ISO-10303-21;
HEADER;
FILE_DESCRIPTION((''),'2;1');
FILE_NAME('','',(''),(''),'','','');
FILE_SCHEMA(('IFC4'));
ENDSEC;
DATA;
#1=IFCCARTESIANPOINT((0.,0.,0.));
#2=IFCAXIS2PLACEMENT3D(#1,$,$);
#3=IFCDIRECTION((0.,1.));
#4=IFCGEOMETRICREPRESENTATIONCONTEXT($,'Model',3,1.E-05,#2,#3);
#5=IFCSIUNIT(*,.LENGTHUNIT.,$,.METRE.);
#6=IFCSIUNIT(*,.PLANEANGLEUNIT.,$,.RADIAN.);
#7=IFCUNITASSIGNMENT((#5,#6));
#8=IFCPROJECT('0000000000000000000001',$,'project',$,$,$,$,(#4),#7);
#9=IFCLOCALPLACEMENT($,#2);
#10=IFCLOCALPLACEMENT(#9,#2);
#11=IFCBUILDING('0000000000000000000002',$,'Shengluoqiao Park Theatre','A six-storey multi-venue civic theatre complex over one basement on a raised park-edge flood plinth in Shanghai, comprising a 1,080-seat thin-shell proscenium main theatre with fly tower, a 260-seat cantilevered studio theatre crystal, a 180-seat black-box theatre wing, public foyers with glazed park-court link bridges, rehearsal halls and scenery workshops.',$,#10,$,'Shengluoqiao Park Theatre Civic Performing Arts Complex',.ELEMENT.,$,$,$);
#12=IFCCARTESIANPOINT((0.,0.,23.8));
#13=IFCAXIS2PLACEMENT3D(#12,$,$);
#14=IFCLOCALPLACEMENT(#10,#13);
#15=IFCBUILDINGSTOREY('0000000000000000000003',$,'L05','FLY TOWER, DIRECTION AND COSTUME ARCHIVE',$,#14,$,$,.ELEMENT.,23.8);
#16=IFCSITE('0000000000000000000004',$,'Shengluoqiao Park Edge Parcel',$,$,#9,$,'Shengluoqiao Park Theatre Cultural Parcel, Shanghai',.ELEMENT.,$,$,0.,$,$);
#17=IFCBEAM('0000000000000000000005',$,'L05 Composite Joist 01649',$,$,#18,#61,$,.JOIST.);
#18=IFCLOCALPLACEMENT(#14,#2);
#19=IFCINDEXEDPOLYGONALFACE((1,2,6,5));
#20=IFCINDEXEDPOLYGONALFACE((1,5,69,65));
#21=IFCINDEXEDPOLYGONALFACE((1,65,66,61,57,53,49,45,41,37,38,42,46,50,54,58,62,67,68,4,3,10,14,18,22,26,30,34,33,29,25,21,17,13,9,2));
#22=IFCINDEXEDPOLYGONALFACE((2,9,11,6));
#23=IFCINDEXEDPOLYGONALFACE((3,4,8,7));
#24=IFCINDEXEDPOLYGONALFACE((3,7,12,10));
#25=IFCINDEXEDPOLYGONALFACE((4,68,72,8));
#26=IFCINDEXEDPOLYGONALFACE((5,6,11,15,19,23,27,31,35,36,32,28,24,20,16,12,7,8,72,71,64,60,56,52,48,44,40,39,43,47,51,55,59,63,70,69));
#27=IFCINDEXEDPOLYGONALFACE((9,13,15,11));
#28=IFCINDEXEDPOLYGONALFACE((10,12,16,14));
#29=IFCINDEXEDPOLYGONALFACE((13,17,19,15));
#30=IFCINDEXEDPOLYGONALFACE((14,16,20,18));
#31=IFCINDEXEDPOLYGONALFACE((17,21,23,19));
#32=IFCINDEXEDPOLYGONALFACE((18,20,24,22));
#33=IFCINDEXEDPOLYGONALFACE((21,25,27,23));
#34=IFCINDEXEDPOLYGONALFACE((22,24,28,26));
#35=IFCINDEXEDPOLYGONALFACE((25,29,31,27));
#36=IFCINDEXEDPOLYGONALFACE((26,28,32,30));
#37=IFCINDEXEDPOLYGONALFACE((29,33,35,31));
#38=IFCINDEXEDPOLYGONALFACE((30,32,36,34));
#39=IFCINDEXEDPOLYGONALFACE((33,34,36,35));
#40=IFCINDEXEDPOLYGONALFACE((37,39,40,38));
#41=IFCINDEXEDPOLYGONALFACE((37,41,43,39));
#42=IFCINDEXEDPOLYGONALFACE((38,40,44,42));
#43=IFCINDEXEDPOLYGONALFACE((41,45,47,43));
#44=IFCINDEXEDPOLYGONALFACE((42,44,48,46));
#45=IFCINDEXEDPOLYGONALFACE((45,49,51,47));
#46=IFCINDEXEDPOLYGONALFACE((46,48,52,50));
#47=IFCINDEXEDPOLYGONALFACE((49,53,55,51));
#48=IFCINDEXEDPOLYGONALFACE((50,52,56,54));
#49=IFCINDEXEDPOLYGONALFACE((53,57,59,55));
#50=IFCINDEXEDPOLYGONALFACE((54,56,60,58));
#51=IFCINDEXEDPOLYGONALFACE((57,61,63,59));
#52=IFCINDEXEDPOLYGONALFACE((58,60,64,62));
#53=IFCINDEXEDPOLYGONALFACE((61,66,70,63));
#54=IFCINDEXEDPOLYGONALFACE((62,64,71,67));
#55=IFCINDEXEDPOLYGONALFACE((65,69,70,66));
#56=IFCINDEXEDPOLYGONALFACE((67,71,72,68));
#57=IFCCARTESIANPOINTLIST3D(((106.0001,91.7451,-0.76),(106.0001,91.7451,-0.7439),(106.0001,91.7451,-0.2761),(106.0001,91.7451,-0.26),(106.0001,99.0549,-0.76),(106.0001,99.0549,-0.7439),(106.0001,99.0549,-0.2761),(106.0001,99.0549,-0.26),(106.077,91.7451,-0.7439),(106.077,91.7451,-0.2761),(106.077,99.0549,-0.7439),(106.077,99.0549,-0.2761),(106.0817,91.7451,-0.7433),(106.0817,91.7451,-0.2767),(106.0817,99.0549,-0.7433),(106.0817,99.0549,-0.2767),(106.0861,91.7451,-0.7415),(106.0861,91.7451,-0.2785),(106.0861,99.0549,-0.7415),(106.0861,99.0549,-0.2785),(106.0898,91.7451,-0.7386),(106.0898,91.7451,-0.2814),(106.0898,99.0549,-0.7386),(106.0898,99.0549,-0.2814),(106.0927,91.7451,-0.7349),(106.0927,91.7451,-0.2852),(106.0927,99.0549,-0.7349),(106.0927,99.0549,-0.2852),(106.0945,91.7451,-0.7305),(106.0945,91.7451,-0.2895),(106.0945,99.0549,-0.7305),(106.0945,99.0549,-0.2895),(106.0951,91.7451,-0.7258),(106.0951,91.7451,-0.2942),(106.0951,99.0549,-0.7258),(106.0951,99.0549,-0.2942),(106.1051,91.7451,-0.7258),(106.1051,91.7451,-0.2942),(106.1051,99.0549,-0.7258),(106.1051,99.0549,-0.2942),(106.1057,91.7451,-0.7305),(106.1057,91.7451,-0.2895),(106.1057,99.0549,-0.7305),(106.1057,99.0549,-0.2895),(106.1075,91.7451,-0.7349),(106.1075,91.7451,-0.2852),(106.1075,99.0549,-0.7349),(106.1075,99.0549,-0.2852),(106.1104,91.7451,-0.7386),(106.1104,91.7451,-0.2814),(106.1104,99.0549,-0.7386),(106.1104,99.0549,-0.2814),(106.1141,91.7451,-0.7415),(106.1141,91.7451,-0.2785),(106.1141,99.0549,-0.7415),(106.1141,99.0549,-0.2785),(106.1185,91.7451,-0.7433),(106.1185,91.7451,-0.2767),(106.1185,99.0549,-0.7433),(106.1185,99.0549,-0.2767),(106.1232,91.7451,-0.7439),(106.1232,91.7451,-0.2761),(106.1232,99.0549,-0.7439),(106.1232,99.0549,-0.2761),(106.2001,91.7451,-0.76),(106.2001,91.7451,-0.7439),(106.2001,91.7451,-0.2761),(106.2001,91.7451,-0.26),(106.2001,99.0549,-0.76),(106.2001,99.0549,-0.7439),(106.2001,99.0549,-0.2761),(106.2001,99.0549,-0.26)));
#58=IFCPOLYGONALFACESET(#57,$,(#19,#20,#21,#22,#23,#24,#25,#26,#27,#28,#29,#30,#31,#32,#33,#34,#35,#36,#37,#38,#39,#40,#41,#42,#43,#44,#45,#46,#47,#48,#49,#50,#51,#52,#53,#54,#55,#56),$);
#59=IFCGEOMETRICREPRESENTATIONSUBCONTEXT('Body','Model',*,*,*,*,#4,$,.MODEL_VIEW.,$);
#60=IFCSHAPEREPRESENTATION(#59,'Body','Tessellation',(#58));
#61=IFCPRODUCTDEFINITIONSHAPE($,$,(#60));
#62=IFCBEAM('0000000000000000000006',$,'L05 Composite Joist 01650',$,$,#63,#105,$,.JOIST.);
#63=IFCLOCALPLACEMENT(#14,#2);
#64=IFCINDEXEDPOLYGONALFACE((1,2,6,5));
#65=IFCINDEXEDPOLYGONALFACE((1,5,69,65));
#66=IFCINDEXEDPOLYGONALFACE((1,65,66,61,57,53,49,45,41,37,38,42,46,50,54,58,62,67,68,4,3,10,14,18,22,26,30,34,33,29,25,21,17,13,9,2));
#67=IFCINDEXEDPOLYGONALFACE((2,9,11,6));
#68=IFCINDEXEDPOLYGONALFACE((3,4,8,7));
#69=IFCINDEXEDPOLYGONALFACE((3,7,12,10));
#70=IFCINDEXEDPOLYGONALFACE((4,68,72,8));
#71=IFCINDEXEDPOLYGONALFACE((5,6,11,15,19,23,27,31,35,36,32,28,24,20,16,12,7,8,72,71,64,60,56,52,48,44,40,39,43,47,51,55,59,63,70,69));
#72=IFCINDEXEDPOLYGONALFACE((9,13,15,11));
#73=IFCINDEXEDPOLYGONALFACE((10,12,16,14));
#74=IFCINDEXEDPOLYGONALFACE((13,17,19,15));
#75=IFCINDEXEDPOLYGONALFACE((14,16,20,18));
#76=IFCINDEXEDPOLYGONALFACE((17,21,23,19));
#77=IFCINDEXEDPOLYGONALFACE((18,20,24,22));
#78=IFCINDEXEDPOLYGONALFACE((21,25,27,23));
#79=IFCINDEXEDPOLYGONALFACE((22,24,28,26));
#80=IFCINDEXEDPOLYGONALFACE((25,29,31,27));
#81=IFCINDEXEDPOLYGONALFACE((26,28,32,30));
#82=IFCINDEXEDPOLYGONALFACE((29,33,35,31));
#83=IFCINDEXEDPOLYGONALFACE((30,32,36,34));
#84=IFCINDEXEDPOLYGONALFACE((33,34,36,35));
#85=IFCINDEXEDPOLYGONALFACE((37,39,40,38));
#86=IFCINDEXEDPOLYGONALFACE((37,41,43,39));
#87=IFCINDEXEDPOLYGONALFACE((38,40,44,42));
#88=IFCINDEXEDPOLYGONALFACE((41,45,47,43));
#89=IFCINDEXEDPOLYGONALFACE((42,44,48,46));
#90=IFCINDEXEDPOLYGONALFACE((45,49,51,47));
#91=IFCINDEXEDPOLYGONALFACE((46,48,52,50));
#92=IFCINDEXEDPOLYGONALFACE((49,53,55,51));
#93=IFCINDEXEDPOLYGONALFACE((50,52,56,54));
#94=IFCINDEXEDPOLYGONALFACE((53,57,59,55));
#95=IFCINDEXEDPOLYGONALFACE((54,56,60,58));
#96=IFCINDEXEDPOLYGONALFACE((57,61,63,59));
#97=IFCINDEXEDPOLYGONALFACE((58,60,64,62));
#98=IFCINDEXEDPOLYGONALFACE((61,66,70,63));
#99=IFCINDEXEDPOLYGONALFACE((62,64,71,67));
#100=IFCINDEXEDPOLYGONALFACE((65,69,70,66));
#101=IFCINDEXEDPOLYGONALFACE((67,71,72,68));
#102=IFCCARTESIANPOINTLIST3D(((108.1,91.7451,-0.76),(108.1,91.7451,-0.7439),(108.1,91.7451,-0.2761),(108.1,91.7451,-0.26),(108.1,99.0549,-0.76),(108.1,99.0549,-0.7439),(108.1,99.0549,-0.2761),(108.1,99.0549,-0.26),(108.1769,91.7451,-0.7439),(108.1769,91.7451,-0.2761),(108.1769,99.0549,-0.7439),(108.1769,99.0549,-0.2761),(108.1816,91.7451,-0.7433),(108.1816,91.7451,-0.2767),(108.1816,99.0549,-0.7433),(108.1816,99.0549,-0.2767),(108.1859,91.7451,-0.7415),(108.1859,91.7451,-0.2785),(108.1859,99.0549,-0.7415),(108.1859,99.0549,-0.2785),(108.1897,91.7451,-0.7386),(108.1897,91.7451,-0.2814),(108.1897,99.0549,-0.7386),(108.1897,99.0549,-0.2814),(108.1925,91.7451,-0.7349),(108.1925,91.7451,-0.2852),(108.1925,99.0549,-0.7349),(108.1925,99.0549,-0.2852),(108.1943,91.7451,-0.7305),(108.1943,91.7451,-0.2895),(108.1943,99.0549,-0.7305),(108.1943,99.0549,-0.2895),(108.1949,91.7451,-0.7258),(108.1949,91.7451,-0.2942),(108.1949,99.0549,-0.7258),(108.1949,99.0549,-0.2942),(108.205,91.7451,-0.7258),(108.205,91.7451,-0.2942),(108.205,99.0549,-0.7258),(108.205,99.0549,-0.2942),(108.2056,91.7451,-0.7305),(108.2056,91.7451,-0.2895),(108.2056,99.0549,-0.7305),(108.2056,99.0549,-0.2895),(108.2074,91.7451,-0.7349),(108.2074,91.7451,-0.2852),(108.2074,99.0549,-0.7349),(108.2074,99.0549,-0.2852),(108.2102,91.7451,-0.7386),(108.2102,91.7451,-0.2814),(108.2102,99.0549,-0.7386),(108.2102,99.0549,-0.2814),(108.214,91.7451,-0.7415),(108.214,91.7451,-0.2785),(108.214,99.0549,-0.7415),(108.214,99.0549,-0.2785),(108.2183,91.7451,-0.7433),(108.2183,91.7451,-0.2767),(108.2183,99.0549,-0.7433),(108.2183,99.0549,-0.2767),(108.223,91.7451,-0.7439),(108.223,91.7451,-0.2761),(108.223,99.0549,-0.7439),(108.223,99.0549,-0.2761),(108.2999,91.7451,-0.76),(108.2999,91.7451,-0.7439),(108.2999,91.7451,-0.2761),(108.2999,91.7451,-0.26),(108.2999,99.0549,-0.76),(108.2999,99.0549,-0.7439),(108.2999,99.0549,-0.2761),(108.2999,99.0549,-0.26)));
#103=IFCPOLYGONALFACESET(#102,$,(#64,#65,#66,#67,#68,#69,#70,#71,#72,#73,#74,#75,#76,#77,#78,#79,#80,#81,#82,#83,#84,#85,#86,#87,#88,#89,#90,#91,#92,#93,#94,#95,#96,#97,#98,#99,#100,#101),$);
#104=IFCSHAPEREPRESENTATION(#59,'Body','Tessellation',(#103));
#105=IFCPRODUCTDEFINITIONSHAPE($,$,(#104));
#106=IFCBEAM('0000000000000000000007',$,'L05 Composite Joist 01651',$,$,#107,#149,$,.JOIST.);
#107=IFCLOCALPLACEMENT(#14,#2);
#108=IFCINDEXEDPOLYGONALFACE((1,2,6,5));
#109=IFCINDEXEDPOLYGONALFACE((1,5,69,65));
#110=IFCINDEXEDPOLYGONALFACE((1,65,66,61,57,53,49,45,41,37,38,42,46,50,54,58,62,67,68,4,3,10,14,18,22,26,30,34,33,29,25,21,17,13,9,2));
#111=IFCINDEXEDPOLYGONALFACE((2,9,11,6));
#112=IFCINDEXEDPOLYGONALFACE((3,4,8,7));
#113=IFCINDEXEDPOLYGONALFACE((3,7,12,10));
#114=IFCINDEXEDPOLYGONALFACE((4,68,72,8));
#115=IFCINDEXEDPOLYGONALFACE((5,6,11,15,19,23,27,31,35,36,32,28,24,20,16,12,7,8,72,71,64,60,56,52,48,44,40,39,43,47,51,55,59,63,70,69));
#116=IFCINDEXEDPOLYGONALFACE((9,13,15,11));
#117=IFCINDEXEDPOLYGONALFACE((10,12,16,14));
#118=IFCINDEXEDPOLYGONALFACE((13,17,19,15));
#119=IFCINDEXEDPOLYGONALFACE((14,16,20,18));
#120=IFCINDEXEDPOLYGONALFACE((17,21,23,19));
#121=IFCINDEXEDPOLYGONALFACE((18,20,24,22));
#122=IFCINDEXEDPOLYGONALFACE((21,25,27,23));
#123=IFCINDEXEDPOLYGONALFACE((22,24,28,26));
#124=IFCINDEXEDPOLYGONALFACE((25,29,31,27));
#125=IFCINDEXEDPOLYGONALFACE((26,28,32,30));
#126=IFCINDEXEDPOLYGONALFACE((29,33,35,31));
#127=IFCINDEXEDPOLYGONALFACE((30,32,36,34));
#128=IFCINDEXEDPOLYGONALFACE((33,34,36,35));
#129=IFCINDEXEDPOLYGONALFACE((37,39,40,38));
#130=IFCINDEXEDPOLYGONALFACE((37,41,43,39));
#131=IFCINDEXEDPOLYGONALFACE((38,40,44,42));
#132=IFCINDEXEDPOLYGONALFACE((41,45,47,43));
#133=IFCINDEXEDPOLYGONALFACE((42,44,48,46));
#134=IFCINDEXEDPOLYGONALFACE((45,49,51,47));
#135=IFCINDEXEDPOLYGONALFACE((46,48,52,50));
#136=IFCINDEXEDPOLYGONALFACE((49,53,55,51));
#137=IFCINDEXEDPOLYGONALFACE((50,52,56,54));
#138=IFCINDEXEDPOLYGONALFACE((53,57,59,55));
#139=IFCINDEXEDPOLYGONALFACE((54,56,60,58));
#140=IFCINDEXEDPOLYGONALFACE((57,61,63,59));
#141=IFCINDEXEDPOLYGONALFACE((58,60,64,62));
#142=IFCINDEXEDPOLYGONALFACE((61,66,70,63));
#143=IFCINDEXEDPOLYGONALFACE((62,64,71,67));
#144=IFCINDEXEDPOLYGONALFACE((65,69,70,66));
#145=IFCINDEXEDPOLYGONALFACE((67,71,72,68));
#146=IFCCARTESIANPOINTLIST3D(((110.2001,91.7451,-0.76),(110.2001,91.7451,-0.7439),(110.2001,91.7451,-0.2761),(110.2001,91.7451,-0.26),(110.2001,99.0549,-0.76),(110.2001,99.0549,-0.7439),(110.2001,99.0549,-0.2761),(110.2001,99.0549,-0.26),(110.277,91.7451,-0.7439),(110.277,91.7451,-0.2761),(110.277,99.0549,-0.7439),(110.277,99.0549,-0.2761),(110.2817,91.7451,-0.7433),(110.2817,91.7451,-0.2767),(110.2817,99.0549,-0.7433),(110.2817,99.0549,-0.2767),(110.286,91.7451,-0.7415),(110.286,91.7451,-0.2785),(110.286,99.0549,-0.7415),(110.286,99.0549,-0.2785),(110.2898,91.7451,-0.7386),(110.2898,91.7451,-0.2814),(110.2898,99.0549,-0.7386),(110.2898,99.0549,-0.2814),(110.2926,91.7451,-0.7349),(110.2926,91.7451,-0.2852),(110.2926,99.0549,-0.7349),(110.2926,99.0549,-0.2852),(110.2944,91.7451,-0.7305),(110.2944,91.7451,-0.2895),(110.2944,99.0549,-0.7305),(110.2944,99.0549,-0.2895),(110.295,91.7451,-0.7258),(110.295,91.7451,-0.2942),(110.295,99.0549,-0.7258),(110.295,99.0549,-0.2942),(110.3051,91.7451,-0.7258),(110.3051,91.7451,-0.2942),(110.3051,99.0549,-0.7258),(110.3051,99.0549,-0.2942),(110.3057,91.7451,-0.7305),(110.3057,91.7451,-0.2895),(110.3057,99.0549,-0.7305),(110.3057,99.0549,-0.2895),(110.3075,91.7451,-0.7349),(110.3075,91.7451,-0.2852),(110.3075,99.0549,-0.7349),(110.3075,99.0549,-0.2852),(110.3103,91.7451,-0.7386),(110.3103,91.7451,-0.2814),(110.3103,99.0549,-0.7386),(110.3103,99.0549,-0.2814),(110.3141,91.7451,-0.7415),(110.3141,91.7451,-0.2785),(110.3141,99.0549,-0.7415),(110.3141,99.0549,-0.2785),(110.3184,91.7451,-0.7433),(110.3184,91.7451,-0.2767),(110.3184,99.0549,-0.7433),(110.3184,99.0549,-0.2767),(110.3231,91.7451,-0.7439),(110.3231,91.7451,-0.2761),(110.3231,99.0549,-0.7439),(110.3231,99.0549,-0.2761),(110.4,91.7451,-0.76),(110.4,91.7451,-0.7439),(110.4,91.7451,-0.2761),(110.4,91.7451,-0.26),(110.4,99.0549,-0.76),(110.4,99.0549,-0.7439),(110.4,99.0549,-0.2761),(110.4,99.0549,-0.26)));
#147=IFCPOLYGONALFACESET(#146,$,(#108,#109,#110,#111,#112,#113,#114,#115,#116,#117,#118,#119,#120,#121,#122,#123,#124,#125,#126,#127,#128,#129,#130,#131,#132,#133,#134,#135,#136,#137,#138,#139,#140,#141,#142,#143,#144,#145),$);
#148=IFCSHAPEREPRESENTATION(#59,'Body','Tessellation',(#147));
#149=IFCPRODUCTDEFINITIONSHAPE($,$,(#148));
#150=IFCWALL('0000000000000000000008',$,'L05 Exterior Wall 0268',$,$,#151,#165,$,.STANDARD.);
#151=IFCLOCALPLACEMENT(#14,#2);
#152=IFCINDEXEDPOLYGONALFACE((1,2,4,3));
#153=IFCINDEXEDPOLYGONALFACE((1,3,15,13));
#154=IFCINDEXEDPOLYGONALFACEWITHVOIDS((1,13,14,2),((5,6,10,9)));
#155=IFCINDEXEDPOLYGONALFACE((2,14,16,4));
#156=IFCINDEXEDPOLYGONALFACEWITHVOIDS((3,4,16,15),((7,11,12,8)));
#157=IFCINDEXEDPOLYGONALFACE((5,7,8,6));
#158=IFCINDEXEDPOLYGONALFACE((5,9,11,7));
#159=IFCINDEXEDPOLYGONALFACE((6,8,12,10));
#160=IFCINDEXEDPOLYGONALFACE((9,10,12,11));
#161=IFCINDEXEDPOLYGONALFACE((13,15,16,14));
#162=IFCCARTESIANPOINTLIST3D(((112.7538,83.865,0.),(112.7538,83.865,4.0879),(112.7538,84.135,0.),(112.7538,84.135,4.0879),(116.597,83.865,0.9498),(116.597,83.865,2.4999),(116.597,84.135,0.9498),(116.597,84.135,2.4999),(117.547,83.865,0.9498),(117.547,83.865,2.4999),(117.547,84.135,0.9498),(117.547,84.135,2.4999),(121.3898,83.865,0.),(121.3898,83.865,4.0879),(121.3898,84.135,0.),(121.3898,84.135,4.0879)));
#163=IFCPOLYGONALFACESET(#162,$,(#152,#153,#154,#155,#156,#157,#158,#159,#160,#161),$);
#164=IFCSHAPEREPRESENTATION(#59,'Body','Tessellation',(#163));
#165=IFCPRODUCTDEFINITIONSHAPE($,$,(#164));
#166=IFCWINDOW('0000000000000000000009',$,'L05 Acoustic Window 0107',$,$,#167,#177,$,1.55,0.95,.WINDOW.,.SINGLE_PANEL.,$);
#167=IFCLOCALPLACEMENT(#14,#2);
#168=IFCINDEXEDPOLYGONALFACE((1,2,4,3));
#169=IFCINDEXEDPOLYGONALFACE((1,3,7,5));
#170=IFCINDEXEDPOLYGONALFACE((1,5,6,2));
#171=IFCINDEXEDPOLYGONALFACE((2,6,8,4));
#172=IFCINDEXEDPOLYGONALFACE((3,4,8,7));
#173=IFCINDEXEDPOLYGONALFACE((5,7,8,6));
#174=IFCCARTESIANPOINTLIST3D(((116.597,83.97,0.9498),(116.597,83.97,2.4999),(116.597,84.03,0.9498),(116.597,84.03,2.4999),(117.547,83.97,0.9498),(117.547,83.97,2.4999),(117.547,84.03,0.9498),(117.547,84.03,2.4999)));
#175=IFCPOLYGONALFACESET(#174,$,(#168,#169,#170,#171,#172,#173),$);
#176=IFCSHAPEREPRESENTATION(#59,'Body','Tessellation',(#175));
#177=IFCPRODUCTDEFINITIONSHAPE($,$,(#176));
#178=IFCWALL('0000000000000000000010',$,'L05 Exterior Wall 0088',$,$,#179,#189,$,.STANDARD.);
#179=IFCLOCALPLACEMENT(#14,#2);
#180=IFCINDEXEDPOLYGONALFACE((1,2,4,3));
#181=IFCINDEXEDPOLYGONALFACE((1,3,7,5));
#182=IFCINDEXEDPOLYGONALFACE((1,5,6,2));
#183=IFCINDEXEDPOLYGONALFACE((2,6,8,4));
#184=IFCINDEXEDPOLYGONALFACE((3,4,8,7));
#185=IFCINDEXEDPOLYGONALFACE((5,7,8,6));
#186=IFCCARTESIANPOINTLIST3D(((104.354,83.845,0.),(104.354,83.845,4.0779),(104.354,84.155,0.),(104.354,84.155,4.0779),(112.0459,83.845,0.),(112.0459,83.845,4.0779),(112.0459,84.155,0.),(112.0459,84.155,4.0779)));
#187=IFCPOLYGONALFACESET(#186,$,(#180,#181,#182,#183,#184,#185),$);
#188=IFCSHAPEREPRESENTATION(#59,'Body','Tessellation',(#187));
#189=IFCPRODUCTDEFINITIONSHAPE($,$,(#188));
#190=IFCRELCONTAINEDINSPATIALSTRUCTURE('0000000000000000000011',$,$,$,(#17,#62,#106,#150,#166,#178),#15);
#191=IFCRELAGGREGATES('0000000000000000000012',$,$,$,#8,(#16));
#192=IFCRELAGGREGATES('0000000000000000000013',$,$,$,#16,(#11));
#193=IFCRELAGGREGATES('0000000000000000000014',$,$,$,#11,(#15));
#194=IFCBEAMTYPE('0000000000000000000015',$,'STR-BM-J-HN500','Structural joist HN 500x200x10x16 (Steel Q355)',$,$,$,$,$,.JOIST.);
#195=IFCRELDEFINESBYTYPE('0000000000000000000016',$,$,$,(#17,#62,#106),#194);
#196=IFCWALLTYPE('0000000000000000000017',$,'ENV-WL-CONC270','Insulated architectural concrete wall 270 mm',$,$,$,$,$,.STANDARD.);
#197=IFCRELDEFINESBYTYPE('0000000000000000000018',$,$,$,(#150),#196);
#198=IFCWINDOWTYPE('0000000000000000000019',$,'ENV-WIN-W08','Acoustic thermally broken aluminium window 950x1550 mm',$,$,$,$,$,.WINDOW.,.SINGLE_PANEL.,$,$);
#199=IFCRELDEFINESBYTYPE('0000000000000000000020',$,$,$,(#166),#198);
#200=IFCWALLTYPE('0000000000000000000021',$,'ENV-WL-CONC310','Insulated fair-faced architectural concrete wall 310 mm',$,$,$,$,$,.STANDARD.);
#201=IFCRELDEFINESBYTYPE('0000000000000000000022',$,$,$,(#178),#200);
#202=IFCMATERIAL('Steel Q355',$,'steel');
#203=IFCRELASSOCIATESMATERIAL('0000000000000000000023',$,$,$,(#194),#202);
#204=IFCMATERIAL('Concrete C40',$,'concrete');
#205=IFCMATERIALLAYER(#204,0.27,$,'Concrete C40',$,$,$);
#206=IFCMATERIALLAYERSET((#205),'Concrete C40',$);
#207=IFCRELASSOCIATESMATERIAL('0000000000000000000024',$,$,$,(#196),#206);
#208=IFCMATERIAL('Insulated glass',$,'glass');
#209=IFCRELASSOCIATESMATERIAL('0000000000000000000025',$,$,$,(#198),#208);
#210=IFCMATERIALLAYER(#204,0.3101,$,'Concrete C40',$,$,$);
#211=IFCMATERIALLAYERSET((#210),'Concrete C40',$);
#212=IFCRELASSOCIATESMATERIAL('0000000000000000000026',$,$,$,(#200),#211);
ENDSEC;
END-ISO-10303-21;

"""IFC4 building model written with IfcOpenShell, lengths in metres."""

from ifc_helpers import new_model, si_unit, direction, frame, frame_2d, origin, origin_2d, place, context, subcontext, project, spatial, rectangle, i_section, extrude, material, layer, layer_set, material_profile, profile_set, type_object, element, fill, save


model = new_model("IFC4")

# Units and contexts
model_context = context("Model", 3, precision=1e-05, world=origin(), true_north=direction((0.0, 1.0)))
body_context = subcontext(model_context, "Body", "Model", "MODEL_VIEW")
ifc_project = project(units=[si_unit("LENGTHUNIT", "METRE"), si_unit("PLANEANGLEUNIT", "RADIAN")], contexts=[model_context])

# Site, building, storey
site_placement = place(None, origin())
site = spatial("IfcSite", under=ifc_project, at=site_placement, Name="Shengluoqiao Park Edge Parcel", LongName="Shengluoqiao Park Theatre Cultural Parcel, Shanghai", CompositionType="ELEMENT", RefElevation=0.0)
building_placement = place(site_placement, origin())
building = spatial("IfcBuilding", under=site, at=building_placement, Name="Shengluoqiao Park Theatre", Description="A six-storey multi-venue civic theatre complex over one basement on a raised park-edge flood plinth in Shanghai, comprising a 1,080-seat thin-shell proscenium main theatre with fly tower, a 260-seat cantilevered studio theatre crystal, a 180-seat black-box theatre wing, public foyers with glazed park-court link bridges, rehearsal halls and scenery workshops.", LongName="Shengluoqiao Park Theatre Civic Performing Arts Complex", CompositionType="ELEMENT")
storey_placement = place(building_placement, frame((0.0, 0.0, 23.8)))
storey = spatial("IfcBuildingStorey", under=building, at=storey_placement, Name="L05", Description="FLY TOWER, DIRECTION AND COSTUME ARCHIVE", CompositionType="ELEMENT", Elevation=23.8)

# Beams
ifc_material_1 = material(Name="Steel Q355", Category="steel")
ifc_material_profile_1 = material_profile(ifc_material_1, i_section(OverallWidth=0.2, OverallDepth=0.5, WebThickness=0.01, FlangeThickness=0.0161, FilletRadius=0.0181, at=origin_2d()), Name="HN 500x200x10x16")
ifc_profile_set_1 = profile_set([ifc_material_profile_1], Name="Steel Q355")
beam_type_1 = type_object("IfcBeamType", Name="STR-BM-J-HN500", Description="Structural joist HN 500x200x10x16 (Steel Q355)", PredefinedType="JOIST", material=ifc_profile_set_1)
for number, where, z_axis, x_axis, name in (
    (1, (106.1001, 91.7451, -0.51), (0.0, 1.0, 0.0), (-1.0, 0.0, 0.0), "L05 Composite Joist 01649"),
    (2, (108.2, 91.7451, -0.51), (0.0, 1.0, 0.0), (-1.0, 0.0, 0.0), "L05 Composite Joist 01650"),
    (3, (110.3, 91.7451, -0.51), (0.0, 1.0, 0.0), (-1.0, 0.0, 0.0), "L05 Composite Joist 01651"),
):
    element("IfcBeam", number, at=place(storey_placement, frame(where, z_axis=z_axis, x_axis=x_axis)), inside=storey, type_object=beam_type_1, Name=name, PredefinedType="JOIST", context=body_context, shape_type="SweptSolid", body=[
        extrude(i_section(OverallWidth=0.2, OverallDepth=0.5, WebThickness=0.01, FlangeThickness=0.0161, FilletRadius=0.0181, at=origin_2d()), origin(), (0.0, 0.0, 1.0), 7.3098),
    ])

# Wall, opening, window
ifc_material_2 = material(Name="Concrete C40", Category="concrete")
ifc_layer_1 = layer(ifc_material_2, 0.27, Name="Concrete C40")
ifc_layer_set_1 = layer_set([ifc_layer_1], Name="Concrete C40")
wall_type_1 = type_object("IfcWallType", Name="ENV-WL-CONC270", Description="Insulated architectural concrete wall 270 mm", PredefinedType="STANDARD", material=ifc_layer_set_1)
wall_1_placement = place(storey_placement, frame((112.7539, 84.0, 0.0), z_axis=(0.0, 0.0, 1.0), x_axis=(1.0, 0.0, 0.0)))
wall_1 = element("IfcWall", 4, at=wall_1_placement, inside=storey, type_object=wall_type_1, Name="L05 Exterior Wall 0268", PredefinedType="STANDARD", context=body_context, shape_type="SweptSolid", body=[
    extrude(rectangle(XDim=8.636, YDim=0.27, at=frame_2d((4.3179, 0.0))), origin(), (0.0, 0.0, 1.0), 4.0879),
])
opening_1_placement = place(wall_1_placement, frame((3.843, 0.0, 0.95)))
opening_1 = element("IfcOpeningElement", 5, at=opening_1_placement, cuts=wall_1, PredefinedType="OPENING", context=body_context, shape_type="SweptSolid", body=[
    extrude(rectangle(XDim=0.95, YDim=1.55, at=frame_2d((0.4751, 0.7749))), frame((0.0, 0.145, 0.0), z_axis=(0.0, -1.0, 0.0), x_axis=(1.0, 0.0, 0.0)), (0.0, 0.0, 1.0), 0.29),
])
ifc_material_3 = material(Name="Insulated glass", Category="glass")
window_type = type_object("IfcWindowType", Name="ENV-WIN-W08", Description="Acoustic thermally broken aluminium window 950x1550 mm", PartitioningType="SINGLE_PANEL", PredefinedType="WINDOW", material=ifc_material_3)
window_placement = place(opening_1_placement, origin())
window = element("IfcWindow", 6, at=window_placement, inside=storey, type_object=window_type, Name="L05 Acoustic Window 0107", OverallHeight=1.55, OverallWidth=0.95, PartitioningType="SINGLE_PANEL", PredefinedType="WINDOW", context=body_context, shape_type="SweptSolid", body=[
    extrude(rectangle(XDim=0.95, YDim=1.55, at=frame_2d((0.4751, 0.7749))), frame((0.0, 0.03, 0.0), z_axis=(0.0, -1.0, 0.0), x_axis=(1.0, 0.0, 0.0)), (0.0, 0.0, 1.0), 0.0601),
])
fill(opening_1, window)

# Wall
ifc_layer_2 = layer(ifc_material_2, 0.3101, Name="Concrete C40")
ifc_layer_set_2 = layer_set([ifc_layer_2], Name="Concrete C40")
wall_type_2 = type_object("IfcWallType", Name="ENV-WL-CONC310", Description="Insulated fair-faced architectural concrete wall 310 mm", PredefinedType="STANDARD", material=ifc_layer_set_2)
wall_2_placement = place(storey_placement, frame((104.354, 84.0, 0.0), z_axis=(0.0, 0.0, 1.0), x_axis=(1.0, 0.0, 0.0)))
element("IfcWall", 7, at=wall_2_placement, inside=storey, type_object=wall_type_2, Name="L05 Exterior Wall 0088", PredefinedType="STANDARD", context=body_context, shape_type="SweptSolid", body=[
    extrude(rectangle(XDim=7.6919, YDim=0.3101, at=frame_2d((3.8459, 0.0))), origin(), (0.0, 0.0, 1.0), 4.0779),
])

save(model, "model.ifc")
